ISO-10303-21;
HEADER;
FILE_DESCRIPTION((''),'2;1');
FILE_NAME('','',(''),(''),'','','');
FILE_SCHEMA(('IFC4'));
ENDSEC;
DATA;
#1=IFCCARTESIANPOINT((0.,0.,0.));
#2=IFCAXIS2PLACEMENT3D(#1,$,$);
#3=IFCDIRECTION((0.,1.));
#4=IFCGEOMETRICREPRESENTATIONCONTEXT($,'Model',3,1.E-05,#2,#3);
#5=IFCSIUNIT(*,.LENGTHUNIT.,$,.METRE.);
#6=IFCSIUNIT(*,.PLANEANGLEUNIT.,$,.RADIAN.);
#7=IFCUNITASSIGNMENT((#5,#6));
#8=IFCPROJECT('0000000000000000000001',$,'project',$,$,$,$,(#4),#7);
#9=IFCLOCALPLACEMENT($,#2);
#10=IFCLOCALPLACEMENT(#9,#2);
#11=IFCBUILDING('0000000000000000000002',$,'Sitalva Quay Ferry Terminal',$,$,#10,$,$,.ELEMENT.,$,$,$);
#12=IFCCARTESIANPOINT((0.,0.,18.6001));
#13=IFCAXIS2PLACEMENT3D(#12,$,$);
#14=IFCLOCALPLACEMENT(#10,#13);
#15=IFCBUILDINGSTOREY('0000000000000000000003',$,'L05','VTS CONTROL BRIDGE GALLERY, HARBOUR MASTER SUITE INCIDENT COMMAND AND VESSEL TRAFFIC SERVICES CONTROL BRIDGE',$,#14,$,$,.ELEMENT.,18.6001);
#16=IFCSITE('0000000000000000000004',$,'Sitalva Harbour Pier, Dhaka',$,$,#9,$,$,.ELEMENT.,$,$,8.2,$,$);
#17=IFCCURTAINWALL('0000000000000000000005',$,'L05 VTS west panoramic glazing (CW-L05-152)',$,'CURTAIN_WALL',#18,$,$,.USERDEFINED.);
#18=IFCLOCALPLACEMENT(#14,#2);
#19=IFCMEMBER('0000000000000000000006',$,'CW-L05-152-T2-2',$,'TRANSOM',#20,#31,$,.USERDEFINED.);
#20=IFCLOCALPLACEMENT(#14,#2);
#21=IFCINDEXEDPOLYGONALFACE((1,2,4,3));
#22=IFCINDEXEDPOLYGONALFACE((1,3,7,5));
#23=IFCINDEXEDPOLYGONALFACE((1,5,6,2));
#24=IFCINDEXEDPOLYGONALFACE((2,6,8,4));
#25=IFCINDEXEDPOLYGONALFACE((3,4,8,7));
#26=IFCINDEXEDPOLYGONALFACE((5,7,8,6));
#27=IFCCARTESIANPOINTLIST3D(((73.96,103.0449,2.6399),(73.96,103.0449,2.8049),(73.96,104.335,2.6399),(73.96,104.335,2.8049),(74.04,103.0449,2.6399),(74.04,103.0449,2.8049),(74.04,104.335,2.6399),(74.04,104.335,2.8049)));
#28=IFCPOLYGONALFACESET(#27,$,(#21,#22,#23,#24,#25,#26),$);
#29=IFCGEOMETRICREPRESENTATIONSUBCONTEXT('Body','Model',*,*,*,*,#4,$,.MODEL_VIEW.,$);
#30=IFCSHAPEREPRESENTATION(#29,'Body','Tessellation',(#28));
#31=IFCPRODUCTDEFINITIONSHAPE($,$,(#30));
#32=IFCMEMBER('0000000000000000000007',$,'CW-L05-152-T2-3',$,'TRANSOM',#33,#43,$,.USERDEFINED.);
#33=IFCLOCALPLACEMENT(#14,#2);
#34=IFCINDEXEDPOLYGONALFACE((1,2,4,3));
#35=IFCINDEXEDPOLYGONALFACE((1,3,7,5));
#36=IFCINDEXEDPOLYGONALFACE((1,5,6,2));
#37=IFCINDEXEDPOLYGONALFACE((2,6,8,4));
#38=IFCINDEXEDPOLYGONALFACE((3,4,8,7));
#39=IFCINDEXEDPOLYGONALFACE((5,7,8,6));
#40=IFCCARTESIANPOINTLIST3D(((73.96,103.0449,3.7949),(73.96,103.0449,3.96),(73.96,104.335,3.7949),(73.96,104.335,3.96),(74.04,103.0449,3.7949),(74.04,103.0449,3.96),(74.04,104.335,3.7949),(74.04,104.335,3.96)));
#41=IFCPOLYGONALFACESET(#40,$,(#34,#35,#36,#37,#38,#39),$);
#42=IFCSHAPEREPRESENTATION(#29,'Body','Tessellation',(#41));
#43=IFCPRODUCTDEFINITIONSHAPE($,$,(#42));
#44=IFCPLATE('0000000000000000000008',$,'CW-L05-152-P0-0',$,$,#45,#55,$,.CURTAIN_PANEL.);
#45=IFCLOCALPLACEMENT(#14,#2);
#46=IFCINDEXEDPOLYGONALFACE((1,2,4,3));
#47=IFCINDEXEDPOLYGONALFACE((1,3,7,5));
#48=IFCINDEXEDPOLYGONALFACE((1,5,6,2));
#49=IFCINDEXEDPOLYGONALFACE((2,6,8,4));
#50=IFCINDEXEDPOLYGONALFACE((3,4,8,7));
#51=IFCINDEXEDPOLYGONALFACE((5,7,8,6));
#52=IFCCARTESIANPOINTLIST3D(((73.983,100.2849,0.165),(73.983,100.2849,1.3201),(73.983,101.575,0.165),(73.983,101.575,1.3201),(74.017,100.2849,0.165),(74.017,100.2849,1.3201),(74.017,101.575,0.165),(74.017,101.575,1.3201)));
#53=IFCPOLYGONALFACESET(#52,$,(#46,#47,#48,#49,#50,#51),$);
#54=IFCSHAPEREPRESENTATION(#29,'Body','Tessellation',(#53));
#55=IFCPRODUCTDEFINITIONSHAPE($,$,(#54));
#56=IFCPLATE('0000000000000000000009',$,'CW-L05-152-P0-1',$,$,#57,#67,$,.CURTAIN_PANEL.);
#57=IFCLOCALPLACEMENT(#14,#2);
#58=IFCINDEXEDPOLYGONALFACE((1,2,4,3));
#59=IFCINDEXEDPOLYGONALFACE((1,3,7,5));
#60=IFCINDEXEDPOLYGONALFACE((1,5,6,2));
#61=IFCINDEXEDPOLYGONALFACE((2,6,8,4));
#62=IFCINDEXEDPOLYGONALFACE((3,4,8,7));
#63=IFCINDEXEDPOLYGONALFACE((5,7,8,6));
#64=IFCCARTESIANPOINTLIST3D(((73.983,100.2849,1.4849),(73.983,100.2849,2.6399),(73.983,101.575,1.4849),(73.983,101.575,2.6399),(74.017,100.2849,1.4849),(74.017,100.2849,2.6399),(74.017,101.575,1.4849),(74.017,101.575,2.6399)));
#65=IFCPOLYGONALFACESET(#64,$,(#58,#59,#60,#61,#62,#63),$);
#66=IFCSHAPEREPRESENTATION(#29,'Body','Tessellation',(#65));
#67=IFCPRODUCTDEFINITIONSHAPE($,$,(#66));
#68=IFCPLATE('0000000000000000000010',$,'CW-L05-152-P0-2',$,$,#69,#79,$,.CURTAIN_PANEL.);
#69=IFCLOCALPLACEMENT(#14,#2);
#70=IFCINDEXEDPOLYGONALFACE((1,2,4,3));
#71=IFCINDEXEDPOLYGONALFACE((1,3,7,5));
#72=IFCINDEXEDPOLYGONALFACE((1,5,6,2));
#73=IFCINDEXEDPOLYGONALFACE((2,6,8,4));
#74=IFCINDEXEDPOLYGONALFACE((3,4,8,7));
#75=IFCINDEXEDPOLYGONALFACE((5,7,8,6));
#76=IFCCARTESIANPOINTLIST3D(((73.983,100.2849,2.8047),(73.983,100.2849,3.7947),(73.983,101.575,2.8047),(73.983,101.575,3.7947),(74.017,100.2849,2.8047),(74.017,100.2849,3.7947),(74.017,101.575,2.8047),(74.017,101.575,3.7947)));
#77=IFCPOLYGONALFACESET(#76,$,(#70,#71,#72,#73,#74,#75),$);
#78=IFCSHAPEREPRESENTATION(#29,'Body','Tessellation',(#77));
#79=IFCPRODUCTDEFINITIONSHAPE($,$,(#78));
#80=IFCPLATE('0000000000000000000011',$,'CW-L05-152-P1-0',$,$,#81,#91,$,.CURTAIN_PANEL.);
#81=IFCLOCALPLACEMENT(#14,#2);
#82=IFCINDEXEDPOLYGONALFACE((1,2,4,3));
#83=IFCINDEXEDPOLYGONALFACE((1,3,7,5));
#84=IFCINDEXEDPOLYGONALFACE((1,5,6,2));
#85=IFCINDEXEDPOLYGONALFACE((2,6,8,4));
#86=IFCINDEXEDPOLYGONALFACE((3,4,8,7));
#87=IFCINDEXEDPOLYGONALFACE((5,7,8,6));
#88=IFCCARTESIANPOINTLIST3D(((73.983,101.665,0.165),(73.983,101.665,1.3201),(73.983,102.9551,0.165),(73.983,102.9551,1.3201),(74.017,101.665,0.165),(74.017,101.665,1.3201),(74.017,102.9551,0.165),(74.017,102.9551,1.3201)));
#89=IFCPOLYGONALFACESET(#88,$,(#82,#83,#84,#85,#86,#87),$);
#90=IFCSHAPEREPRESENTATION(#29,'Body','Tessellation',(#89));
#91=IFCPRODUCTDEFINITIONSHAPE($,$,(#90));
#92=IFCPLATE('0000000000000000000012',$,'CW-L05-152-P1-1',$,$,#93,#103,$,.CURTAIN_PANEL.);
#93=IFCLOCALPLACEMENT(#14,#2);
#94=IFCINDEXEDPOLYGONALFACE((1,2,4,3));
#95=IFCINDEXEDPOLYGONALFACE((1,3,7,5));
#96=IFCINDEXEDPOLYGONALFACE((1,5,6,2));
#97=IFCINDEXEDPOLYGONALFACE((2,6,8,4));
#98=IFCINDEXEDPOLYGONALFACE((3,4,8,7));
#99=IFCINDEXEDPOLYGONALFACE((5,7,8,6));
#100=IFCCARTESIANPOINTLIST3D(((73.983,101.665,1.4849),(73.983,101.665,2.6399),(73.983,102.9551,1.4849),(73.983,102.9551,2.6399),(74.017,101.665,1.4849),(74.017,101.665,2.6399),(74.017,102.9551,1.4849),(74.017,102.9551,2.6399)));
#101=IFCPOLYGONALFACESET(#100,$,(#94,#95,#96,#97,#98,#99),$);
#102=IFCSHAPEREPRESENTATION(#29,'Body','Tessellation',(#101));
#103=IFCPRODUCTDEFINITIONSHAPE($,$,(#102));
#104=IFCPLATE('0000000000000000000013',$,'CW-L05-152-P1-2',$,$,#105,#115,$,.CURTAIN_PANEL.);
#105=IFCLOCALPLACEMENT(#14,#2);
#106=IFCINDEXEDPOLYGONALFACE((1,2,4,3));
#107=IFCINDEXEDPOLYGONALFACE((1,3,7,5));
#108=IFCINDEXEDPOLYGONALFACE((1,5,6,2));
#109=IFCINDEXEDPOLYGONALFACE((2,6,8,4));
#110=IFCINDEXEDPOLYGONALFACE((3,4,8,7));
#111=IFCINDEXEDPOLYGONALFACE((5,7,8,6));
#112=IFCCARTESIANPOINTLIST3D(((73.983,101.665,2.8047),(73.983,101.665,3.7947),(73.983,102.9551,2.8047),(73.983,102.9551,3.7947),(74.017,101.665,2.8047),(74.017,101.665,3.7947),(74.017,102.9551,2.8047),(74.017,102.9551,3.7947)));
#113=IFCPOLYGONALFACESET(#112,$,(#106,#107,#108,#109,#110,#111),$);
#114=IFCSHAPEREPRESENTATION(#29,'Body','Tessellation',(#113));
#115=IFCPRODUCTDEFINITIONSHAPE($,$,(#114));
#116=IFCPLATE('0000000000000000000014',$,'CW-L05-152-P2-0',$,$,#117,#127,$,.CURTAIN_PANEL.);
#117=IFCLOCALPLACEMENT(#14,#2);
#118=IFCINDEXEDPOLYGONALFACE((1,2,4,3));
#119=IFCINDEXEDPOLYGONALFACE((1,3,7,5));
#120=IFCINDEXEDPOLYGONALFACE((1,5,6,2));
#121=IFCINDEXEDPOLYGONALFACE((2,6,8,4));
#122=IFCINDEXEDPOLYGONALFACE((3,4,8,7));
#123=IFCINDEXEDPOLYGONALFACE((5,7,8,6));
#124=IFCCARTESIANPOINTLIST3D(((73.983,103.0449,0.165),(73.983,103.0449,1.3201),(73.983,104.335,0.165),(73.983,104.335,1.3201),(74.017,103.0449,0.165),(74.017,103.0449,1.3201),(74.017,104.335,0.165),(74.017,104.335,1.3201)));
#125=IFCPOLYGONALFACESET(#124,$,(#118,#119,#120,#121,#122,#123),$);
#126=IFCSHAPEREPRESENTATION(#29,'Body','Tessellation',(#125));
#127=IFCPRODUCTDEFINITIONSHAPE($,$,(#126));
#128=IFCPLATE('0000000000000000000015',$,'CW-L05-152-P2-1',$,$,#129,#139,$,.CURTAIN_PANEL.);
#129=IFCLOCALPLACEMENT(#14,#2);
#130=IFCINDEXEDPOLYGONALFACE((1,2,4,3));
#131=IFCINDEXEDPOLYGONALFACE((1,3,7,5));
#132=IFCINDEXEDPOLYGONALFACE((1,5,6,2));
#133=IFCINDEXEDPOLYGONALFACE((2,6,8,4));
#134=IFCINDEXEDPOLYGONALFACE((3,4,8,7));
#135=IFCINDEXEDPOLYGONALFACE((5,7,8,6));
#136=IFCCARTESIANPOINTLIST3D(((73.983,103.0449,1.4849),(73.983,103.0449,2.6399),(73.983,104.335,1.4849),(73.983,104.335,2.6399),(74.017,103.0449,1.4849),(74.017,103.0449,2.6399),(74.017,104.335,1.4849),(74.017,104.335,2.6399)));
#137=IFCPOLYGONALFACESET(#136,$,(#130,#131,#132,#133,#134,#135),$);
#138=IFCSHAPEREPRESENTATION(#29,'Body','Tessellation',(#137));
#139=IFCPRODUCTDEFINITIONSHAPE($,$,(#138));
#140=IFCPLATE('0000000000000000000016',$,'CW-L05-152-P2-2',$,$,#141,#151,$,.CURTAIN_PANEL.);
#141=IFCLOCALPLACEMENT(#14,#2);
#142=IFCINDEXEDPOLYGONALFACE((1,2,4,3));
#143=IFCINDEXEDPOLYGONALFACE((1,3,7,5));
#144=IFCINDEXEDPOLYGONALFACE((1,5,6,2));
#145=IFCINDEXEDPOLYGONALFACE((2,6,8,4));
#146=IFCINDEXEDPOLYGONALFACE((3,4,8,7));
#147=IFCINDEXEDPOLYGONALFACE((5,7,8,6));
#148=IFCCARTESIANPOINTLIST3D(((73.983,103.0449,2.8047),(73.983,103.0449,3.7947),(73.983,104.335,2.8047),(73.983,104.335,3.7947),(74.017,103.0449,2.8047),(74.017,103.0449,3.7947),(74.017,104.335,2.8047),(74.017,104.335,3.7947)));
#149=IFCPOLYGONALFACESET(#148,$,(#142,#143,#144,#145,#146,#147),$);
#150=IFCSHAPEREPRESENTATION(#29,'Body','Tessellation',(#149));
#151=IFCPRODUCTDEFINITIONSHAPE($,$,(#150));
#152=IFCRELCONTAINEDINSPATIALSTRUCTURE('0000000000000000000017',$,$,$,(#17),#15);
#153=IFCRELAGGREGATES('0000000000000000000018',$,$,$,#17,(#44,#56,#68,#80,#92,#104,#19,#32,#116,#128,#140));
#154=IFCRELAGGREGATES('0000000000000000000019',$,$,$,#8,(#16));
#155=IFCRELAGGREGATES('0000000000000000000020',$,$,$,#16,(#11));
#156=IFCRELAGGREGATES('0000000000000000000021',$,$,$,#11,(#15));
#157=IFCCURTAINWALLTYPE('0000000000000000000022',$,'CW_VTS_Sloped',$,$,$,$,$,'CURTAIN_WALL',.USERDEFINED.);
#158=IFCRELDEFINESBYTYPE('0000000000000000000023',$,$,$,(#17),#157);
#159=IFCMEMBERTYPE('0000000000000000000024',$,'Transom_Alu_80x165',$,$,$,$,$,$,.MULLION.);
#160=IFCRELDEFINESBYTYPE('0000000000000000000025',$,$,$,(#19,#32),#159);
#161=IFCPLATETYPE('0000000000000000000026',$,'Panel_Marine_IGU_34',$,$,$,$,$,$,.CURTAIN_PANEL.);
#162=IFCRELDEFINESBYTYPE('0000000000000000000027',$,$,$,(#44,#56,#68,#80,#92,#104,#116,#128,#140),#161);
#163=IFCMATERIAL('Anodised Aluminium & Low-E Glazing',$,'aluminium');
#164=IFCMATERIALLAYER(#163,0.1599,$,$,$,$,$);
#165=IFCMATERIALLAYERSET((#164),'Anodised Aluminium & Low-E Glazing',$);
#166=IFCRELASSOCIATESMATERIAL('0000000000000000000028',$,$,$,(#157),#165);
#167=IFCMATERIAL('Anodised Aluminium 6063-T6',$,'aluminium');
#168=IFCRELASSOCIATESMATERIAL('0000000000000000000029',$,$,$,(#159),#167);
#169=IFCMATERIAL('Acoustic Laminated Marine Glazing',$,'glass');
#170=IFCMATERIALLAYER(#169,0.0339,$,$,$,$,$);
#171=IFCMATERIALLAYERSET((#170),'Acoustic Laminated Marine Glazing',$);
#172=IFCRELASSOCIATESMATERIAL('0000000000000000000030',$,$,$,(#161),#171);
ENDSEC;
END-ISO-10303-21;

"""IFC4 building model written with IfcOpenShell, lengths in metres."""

from ifc_helpers import new_model, si_unit, direction, frame, origin, origin_2d, place, context, subcontext, project, spatial, rectangle, extrude, material, layer, layer_set, material_profile, profile_set, type_object, element, aggregate, save


model = new_model("IFC4")

# Units and contexts
model_context = context("Model", 3, precision=1e-05, world=origin(), true_north=direction((0.0, 1.0)))
body_context = subcontext(model_context, "Body", "Model", "MODEL_VIEW")
ifc_project = project(units=[si_unit("LENGTHUNIT", "METRE"), si_unit("PLANEANGLEUNIT", "RADIAN")], contexts=[model_context])

# Site, building, storey
site_placement = place(None, origin())
site = spatial("IfcSite", under=ifc_project, at=site_placement, Name="Sitalva Harbour Pier, Dhaka", CompositionType="ELEMENT", RefElevation=8.2)
building_placement = place(site_placement, origin())
building = spatial("IfcBuilding", under=site, at=building_placement, Name="Sitalva Quay Ferry Terminal", CompositionType="ELEMENT")
storey_placement = place(building_placement, frame((0.0, 0.0, 18.6001)))
storey = spatial("IfcBuildingStorey", under=building, at=storey_placement, Name="L05", Description="VTS CONTROL BRIDGE GALLERY, HARBOUR MASTER SUITE INCIDENT COMMAND AND VESSEL TRAFFIC SERVICES CONTROL BRIDGE", CompositionType="ELEMENT", Elevation=18.6001)

# Curtain wall, members, plates
ifc_material_1 = material(Name="Anodised Aluminium & Low-E Glazing", Category="aluminium")
ifc_layer_1 = layer(ifc_material_1, 0.1599)
ifc_layer_set_1 = layer_set([ifc_layer_1], Name="Anodised Aluminium & Low-E Glazing")
curtain_wall_type = type_object("IfcCurtainWallType", Name="CW_VTS_Sloped", ElementType="CURTAIN_WALL", PredefinedType="USERDEFINED", material=ifc_layer_set_1)
curtain_wall_placement = place(storey_placement, origin())
curtain_wall = element("IfcCurtainWall", 1, at=curtain_wall_placement, inside=storey, type_object=curtain_wall_type, Name="L05 VTS west panoramic glazing (CW-L05-152)", ObjectType="CURTAIN_WALL", PredefinedType="USERDEFINED")
ifc_material_2 = material(Name="Anodised Aluminium 6063-T6", Category="aluminium")
ifc_material_profile_1 = material_profile(ifc_material_2, rectangle(XDim=0.0801, YDim=0.165, at=origin_2d()), Name="ALU80x165")
ifc_profile_set_1 = profile_set([ifc_material_profile_1], Name="Anodised Aluminium 6063-T6")
member_type_1 = type_object("IfcMemberType", Name="Transom_Alu_80x165", PredefinedType="MULLION", material=ifc_profile_set_1)
member_1_placement = place(storey_placement, frame((74.0, 103.0449, 2.7224), z_axis=(0.0, 1.0, 0.0), x_axis=(-1.0, 0.0, 0.0)))
member_1 = element("IfcMember", 2, at=member_1_placement, type_object=member_type_1, Name="CW-L05-152-T2-2", ObjectType="TRANSOM", PredefinedType="USERDEFINED", context=body_context, shape_type="SweptSolid", body=[
    extrude(rectangle(XDim=0.0801, YDim=0.165, at=origin_2d()), origin(), (0.0, 0.0, 1.0), 1.29),
])
member_2_placement = place(storey_placement, frame((74.0, 103.0449, 3.8774), z_axis=(0.0, 1.0, 0.0), x_axis=(-1.0, 0.0, 0.0)))
member_2 = element("IfcMember", 3, at=member_2_placement, type_object=member_type_1, Name="CW-L05-152-T2-3", ObjectType="TRANSOM", PredefinedType="USERDEFINED", context=body_context, shape_type="SweptSolid", body=[
    extrude(rectangle(XDim=0.0801, YDim=0.165, at=origin_2d()), origin(), (0.0, 0.0, 1.0), 1.29),
])
ifc_material_3 = material(Name="Acoustic Laminated Marine Glazing", Category="glass")
ifc_layer_2 = layer(ifc_material_3, 0.0339)
ifc_layer_set_2 = layer_set([ifc_layer_2], Name="Acoustic Laminated Marine Glazing")
plate_type = type_object("IfcPlateType", Name="Panel_Marine_IGU_34", PredefinedType="CURTAIN_PANEL", material=ifc_layer_set_2)
plate_1_placement = place(storey_placement, frame((74.0, 100.9299, 0.165), z_axis=(0.0, 0.0, 1.0), x_axis=(0.0, 1.0, 0.0)))
plate_1 = element("IfcPlate", 4, at=plate_1_placement, type_object=plate_type, Name="CW-L05-152-P0-0", PredefinedType="CURTAIN_PANEL", context=body_context, shape_type="SweptSolid", body=[
    extrude(rectangle(XDim=1.29, YDim=0.0339, at=origin_2d()), origin(), (0.0, 0.0, 1.0), 1.155),
])
plate_2_placement = place(storey_placement, frame((74.0, 100.9299, 1.4849), z_axis=(0.0, 0.0, 1.0), x_axis=(0.0, 1.0, 0.0)))
plate_2 = element("IfcPlate", 5, at=plate_2_placement, type_object=plate_type, Name="CW-L05-152-P0-1", PredefinedType="CURTAIN_PANEL", context=body_context, shape_type="SweptSolid", body=[
    extrude(rectangle(XDim=1.29, YDim=0.0339, at=origin_2d()), origin(), (0.0, 0.0, 1.0), 1.155),
])
plate_3_placement = place(storey_placement, frame((74.0, 100.9299, 2.8047), z_axis=(0.0, 0.0, 1.0), x_axis=(0.0, 1.0, 0.0)))
plate_3 = element("IfcPlate", 6, at=plate_3_placement, type_object=plate_type, Name="CW-L05-152-P0-2", PredefinedType="CURTAIN_PANEL", context=body_context, shape_type="SweptSolid", body=[
    extrude(rectangle(XDim=1.29, YDim=0.0339, at=origin_2d()), origin(), (0.0, 0.0, 1.0), 0.99),
])
plate_4_placement = place(storey_placement, frame((74.0, 102.3101, 0.165), z_axis=(0.0, 0.0, 1.0), x_axis=(0.0, 1.0, 0.0)))
plate_4 = element("IfcPlate", 7, at=plate_4_placement, type_object=plate_type, Name="CW-L05-152-P1-0", PredefinedType="CURTAIN_PANEL", context=body_context, shape_type="SweptSolid", body=[
    extrude(rectangle(XDim=1.29, YDim=0.0339, at=origin_2d()), origin(), (0.0, 0.0, 1.0), 1.155),
])
plate_5_placement = place(storey_placement, frame((74.0, 102.3101, 1.4849), z_axis=(0.0, 0.0, 1.0), x_axis=(0.0, 1.0, 0.0)))
plate_5 = element("IfcPlate", 8, at=plate_5_placement, type_object=plate_type, Name="CW-L05-152-P1-1", PredefinedType="CURTAIN_PANEL", context=body_context, shape_type="SweptSolid", body=[
    extrude(rectangle(XDim=1.29, YDim=0.0339, at=origin_2d()), origin(), (0.0, 0.0, 1.0), 1.155),
])
plate_6_placement = place(storey_placement, frame((74.0, 102.3101, 2.8047), z_axis=(0.0, 0.0, 1.0), x_axis=(0.0, 1.0, 0.0)))
plate_6 = element("IfcPlate", 9, at=plate_6_placement, type_object=plate_type, Name="CW-L05-152-P1-2", PredefinedType="CURTAIN_PANEL", context=body_context, shape_type="SweptSolid", body=[
    extrude(rectangle(XDim=1.29, YDim=0.0339, at=origin_2d()), origin(), (0.0, 0.0, 1.0), 0.99),
])
plate_7_placement = place(storey_placement, frame((74.0, 103.6899, 0.165), z_axis=(0.0, 0.0, 1.0), x_axis=(0.0, 1.0, 0.0)))
plate_7 = element("IfcPlate", 10, at=plate_7_placement, type_object=plate_type, Name="CW-L05-152-P2-0", PredefinedType="CURTAIN_PANEL", context=body_context, shape_type="SweptSolid", body=[
    extrude(rectangle(XDim=1.29, YDim=0.0339, at=origin_2d()), origin(), (0.0, 0.0, 1.0), 1.155),
])
plate_8_placement = place(storey_placement, frame((74.0, 103.6899, 1.4849), z_axis=(0.0, 0.0, 1.0), x_axis=(0.0, 1.0, 0.0)))
plate_8 = element("IfcPlate", 11, at=plate_8_placement, type_object=plate_type, Name="CW-L05-152-P2-1", PredefinedType="CURTAIN_PANEL", context=body_context, shape_type="SweptSolid", body=[
    extrude(rectangle(XDim=1.29, YDim=0.0339, at=origin_2d()), origin(), (0.0, 0.0, 1.0), 1.155),
])
plate_9_placement = place(storey_placement, frame((74.0, 103.6899, 2.8047), z_axis=(0.0, 0.0, 1.0), x_axis=(0.0, 1.0, 0.0)))
plate_9 = element("IfcPlate", 12, at=plate_9_placement, type_object=plate_type, Name="CW-L05-152-P2-2", PredefinedType="CURTAIN_PANEL", context=body_context, shape_type="SweptSolid", body=[
    extrude(rectangle(XDim=1.29, YDim=0.0339, at=origin_2d()), origin(), (0.0, 0.0, 1.0), 0.99),
])
aggregate(curtain_wall, [plate_1, plate_2, plate_3, plate_4, plate_5, plate_6, member_1, member_2, plate_7, plate_8, plate_9])

save(model, "model.ifc")
